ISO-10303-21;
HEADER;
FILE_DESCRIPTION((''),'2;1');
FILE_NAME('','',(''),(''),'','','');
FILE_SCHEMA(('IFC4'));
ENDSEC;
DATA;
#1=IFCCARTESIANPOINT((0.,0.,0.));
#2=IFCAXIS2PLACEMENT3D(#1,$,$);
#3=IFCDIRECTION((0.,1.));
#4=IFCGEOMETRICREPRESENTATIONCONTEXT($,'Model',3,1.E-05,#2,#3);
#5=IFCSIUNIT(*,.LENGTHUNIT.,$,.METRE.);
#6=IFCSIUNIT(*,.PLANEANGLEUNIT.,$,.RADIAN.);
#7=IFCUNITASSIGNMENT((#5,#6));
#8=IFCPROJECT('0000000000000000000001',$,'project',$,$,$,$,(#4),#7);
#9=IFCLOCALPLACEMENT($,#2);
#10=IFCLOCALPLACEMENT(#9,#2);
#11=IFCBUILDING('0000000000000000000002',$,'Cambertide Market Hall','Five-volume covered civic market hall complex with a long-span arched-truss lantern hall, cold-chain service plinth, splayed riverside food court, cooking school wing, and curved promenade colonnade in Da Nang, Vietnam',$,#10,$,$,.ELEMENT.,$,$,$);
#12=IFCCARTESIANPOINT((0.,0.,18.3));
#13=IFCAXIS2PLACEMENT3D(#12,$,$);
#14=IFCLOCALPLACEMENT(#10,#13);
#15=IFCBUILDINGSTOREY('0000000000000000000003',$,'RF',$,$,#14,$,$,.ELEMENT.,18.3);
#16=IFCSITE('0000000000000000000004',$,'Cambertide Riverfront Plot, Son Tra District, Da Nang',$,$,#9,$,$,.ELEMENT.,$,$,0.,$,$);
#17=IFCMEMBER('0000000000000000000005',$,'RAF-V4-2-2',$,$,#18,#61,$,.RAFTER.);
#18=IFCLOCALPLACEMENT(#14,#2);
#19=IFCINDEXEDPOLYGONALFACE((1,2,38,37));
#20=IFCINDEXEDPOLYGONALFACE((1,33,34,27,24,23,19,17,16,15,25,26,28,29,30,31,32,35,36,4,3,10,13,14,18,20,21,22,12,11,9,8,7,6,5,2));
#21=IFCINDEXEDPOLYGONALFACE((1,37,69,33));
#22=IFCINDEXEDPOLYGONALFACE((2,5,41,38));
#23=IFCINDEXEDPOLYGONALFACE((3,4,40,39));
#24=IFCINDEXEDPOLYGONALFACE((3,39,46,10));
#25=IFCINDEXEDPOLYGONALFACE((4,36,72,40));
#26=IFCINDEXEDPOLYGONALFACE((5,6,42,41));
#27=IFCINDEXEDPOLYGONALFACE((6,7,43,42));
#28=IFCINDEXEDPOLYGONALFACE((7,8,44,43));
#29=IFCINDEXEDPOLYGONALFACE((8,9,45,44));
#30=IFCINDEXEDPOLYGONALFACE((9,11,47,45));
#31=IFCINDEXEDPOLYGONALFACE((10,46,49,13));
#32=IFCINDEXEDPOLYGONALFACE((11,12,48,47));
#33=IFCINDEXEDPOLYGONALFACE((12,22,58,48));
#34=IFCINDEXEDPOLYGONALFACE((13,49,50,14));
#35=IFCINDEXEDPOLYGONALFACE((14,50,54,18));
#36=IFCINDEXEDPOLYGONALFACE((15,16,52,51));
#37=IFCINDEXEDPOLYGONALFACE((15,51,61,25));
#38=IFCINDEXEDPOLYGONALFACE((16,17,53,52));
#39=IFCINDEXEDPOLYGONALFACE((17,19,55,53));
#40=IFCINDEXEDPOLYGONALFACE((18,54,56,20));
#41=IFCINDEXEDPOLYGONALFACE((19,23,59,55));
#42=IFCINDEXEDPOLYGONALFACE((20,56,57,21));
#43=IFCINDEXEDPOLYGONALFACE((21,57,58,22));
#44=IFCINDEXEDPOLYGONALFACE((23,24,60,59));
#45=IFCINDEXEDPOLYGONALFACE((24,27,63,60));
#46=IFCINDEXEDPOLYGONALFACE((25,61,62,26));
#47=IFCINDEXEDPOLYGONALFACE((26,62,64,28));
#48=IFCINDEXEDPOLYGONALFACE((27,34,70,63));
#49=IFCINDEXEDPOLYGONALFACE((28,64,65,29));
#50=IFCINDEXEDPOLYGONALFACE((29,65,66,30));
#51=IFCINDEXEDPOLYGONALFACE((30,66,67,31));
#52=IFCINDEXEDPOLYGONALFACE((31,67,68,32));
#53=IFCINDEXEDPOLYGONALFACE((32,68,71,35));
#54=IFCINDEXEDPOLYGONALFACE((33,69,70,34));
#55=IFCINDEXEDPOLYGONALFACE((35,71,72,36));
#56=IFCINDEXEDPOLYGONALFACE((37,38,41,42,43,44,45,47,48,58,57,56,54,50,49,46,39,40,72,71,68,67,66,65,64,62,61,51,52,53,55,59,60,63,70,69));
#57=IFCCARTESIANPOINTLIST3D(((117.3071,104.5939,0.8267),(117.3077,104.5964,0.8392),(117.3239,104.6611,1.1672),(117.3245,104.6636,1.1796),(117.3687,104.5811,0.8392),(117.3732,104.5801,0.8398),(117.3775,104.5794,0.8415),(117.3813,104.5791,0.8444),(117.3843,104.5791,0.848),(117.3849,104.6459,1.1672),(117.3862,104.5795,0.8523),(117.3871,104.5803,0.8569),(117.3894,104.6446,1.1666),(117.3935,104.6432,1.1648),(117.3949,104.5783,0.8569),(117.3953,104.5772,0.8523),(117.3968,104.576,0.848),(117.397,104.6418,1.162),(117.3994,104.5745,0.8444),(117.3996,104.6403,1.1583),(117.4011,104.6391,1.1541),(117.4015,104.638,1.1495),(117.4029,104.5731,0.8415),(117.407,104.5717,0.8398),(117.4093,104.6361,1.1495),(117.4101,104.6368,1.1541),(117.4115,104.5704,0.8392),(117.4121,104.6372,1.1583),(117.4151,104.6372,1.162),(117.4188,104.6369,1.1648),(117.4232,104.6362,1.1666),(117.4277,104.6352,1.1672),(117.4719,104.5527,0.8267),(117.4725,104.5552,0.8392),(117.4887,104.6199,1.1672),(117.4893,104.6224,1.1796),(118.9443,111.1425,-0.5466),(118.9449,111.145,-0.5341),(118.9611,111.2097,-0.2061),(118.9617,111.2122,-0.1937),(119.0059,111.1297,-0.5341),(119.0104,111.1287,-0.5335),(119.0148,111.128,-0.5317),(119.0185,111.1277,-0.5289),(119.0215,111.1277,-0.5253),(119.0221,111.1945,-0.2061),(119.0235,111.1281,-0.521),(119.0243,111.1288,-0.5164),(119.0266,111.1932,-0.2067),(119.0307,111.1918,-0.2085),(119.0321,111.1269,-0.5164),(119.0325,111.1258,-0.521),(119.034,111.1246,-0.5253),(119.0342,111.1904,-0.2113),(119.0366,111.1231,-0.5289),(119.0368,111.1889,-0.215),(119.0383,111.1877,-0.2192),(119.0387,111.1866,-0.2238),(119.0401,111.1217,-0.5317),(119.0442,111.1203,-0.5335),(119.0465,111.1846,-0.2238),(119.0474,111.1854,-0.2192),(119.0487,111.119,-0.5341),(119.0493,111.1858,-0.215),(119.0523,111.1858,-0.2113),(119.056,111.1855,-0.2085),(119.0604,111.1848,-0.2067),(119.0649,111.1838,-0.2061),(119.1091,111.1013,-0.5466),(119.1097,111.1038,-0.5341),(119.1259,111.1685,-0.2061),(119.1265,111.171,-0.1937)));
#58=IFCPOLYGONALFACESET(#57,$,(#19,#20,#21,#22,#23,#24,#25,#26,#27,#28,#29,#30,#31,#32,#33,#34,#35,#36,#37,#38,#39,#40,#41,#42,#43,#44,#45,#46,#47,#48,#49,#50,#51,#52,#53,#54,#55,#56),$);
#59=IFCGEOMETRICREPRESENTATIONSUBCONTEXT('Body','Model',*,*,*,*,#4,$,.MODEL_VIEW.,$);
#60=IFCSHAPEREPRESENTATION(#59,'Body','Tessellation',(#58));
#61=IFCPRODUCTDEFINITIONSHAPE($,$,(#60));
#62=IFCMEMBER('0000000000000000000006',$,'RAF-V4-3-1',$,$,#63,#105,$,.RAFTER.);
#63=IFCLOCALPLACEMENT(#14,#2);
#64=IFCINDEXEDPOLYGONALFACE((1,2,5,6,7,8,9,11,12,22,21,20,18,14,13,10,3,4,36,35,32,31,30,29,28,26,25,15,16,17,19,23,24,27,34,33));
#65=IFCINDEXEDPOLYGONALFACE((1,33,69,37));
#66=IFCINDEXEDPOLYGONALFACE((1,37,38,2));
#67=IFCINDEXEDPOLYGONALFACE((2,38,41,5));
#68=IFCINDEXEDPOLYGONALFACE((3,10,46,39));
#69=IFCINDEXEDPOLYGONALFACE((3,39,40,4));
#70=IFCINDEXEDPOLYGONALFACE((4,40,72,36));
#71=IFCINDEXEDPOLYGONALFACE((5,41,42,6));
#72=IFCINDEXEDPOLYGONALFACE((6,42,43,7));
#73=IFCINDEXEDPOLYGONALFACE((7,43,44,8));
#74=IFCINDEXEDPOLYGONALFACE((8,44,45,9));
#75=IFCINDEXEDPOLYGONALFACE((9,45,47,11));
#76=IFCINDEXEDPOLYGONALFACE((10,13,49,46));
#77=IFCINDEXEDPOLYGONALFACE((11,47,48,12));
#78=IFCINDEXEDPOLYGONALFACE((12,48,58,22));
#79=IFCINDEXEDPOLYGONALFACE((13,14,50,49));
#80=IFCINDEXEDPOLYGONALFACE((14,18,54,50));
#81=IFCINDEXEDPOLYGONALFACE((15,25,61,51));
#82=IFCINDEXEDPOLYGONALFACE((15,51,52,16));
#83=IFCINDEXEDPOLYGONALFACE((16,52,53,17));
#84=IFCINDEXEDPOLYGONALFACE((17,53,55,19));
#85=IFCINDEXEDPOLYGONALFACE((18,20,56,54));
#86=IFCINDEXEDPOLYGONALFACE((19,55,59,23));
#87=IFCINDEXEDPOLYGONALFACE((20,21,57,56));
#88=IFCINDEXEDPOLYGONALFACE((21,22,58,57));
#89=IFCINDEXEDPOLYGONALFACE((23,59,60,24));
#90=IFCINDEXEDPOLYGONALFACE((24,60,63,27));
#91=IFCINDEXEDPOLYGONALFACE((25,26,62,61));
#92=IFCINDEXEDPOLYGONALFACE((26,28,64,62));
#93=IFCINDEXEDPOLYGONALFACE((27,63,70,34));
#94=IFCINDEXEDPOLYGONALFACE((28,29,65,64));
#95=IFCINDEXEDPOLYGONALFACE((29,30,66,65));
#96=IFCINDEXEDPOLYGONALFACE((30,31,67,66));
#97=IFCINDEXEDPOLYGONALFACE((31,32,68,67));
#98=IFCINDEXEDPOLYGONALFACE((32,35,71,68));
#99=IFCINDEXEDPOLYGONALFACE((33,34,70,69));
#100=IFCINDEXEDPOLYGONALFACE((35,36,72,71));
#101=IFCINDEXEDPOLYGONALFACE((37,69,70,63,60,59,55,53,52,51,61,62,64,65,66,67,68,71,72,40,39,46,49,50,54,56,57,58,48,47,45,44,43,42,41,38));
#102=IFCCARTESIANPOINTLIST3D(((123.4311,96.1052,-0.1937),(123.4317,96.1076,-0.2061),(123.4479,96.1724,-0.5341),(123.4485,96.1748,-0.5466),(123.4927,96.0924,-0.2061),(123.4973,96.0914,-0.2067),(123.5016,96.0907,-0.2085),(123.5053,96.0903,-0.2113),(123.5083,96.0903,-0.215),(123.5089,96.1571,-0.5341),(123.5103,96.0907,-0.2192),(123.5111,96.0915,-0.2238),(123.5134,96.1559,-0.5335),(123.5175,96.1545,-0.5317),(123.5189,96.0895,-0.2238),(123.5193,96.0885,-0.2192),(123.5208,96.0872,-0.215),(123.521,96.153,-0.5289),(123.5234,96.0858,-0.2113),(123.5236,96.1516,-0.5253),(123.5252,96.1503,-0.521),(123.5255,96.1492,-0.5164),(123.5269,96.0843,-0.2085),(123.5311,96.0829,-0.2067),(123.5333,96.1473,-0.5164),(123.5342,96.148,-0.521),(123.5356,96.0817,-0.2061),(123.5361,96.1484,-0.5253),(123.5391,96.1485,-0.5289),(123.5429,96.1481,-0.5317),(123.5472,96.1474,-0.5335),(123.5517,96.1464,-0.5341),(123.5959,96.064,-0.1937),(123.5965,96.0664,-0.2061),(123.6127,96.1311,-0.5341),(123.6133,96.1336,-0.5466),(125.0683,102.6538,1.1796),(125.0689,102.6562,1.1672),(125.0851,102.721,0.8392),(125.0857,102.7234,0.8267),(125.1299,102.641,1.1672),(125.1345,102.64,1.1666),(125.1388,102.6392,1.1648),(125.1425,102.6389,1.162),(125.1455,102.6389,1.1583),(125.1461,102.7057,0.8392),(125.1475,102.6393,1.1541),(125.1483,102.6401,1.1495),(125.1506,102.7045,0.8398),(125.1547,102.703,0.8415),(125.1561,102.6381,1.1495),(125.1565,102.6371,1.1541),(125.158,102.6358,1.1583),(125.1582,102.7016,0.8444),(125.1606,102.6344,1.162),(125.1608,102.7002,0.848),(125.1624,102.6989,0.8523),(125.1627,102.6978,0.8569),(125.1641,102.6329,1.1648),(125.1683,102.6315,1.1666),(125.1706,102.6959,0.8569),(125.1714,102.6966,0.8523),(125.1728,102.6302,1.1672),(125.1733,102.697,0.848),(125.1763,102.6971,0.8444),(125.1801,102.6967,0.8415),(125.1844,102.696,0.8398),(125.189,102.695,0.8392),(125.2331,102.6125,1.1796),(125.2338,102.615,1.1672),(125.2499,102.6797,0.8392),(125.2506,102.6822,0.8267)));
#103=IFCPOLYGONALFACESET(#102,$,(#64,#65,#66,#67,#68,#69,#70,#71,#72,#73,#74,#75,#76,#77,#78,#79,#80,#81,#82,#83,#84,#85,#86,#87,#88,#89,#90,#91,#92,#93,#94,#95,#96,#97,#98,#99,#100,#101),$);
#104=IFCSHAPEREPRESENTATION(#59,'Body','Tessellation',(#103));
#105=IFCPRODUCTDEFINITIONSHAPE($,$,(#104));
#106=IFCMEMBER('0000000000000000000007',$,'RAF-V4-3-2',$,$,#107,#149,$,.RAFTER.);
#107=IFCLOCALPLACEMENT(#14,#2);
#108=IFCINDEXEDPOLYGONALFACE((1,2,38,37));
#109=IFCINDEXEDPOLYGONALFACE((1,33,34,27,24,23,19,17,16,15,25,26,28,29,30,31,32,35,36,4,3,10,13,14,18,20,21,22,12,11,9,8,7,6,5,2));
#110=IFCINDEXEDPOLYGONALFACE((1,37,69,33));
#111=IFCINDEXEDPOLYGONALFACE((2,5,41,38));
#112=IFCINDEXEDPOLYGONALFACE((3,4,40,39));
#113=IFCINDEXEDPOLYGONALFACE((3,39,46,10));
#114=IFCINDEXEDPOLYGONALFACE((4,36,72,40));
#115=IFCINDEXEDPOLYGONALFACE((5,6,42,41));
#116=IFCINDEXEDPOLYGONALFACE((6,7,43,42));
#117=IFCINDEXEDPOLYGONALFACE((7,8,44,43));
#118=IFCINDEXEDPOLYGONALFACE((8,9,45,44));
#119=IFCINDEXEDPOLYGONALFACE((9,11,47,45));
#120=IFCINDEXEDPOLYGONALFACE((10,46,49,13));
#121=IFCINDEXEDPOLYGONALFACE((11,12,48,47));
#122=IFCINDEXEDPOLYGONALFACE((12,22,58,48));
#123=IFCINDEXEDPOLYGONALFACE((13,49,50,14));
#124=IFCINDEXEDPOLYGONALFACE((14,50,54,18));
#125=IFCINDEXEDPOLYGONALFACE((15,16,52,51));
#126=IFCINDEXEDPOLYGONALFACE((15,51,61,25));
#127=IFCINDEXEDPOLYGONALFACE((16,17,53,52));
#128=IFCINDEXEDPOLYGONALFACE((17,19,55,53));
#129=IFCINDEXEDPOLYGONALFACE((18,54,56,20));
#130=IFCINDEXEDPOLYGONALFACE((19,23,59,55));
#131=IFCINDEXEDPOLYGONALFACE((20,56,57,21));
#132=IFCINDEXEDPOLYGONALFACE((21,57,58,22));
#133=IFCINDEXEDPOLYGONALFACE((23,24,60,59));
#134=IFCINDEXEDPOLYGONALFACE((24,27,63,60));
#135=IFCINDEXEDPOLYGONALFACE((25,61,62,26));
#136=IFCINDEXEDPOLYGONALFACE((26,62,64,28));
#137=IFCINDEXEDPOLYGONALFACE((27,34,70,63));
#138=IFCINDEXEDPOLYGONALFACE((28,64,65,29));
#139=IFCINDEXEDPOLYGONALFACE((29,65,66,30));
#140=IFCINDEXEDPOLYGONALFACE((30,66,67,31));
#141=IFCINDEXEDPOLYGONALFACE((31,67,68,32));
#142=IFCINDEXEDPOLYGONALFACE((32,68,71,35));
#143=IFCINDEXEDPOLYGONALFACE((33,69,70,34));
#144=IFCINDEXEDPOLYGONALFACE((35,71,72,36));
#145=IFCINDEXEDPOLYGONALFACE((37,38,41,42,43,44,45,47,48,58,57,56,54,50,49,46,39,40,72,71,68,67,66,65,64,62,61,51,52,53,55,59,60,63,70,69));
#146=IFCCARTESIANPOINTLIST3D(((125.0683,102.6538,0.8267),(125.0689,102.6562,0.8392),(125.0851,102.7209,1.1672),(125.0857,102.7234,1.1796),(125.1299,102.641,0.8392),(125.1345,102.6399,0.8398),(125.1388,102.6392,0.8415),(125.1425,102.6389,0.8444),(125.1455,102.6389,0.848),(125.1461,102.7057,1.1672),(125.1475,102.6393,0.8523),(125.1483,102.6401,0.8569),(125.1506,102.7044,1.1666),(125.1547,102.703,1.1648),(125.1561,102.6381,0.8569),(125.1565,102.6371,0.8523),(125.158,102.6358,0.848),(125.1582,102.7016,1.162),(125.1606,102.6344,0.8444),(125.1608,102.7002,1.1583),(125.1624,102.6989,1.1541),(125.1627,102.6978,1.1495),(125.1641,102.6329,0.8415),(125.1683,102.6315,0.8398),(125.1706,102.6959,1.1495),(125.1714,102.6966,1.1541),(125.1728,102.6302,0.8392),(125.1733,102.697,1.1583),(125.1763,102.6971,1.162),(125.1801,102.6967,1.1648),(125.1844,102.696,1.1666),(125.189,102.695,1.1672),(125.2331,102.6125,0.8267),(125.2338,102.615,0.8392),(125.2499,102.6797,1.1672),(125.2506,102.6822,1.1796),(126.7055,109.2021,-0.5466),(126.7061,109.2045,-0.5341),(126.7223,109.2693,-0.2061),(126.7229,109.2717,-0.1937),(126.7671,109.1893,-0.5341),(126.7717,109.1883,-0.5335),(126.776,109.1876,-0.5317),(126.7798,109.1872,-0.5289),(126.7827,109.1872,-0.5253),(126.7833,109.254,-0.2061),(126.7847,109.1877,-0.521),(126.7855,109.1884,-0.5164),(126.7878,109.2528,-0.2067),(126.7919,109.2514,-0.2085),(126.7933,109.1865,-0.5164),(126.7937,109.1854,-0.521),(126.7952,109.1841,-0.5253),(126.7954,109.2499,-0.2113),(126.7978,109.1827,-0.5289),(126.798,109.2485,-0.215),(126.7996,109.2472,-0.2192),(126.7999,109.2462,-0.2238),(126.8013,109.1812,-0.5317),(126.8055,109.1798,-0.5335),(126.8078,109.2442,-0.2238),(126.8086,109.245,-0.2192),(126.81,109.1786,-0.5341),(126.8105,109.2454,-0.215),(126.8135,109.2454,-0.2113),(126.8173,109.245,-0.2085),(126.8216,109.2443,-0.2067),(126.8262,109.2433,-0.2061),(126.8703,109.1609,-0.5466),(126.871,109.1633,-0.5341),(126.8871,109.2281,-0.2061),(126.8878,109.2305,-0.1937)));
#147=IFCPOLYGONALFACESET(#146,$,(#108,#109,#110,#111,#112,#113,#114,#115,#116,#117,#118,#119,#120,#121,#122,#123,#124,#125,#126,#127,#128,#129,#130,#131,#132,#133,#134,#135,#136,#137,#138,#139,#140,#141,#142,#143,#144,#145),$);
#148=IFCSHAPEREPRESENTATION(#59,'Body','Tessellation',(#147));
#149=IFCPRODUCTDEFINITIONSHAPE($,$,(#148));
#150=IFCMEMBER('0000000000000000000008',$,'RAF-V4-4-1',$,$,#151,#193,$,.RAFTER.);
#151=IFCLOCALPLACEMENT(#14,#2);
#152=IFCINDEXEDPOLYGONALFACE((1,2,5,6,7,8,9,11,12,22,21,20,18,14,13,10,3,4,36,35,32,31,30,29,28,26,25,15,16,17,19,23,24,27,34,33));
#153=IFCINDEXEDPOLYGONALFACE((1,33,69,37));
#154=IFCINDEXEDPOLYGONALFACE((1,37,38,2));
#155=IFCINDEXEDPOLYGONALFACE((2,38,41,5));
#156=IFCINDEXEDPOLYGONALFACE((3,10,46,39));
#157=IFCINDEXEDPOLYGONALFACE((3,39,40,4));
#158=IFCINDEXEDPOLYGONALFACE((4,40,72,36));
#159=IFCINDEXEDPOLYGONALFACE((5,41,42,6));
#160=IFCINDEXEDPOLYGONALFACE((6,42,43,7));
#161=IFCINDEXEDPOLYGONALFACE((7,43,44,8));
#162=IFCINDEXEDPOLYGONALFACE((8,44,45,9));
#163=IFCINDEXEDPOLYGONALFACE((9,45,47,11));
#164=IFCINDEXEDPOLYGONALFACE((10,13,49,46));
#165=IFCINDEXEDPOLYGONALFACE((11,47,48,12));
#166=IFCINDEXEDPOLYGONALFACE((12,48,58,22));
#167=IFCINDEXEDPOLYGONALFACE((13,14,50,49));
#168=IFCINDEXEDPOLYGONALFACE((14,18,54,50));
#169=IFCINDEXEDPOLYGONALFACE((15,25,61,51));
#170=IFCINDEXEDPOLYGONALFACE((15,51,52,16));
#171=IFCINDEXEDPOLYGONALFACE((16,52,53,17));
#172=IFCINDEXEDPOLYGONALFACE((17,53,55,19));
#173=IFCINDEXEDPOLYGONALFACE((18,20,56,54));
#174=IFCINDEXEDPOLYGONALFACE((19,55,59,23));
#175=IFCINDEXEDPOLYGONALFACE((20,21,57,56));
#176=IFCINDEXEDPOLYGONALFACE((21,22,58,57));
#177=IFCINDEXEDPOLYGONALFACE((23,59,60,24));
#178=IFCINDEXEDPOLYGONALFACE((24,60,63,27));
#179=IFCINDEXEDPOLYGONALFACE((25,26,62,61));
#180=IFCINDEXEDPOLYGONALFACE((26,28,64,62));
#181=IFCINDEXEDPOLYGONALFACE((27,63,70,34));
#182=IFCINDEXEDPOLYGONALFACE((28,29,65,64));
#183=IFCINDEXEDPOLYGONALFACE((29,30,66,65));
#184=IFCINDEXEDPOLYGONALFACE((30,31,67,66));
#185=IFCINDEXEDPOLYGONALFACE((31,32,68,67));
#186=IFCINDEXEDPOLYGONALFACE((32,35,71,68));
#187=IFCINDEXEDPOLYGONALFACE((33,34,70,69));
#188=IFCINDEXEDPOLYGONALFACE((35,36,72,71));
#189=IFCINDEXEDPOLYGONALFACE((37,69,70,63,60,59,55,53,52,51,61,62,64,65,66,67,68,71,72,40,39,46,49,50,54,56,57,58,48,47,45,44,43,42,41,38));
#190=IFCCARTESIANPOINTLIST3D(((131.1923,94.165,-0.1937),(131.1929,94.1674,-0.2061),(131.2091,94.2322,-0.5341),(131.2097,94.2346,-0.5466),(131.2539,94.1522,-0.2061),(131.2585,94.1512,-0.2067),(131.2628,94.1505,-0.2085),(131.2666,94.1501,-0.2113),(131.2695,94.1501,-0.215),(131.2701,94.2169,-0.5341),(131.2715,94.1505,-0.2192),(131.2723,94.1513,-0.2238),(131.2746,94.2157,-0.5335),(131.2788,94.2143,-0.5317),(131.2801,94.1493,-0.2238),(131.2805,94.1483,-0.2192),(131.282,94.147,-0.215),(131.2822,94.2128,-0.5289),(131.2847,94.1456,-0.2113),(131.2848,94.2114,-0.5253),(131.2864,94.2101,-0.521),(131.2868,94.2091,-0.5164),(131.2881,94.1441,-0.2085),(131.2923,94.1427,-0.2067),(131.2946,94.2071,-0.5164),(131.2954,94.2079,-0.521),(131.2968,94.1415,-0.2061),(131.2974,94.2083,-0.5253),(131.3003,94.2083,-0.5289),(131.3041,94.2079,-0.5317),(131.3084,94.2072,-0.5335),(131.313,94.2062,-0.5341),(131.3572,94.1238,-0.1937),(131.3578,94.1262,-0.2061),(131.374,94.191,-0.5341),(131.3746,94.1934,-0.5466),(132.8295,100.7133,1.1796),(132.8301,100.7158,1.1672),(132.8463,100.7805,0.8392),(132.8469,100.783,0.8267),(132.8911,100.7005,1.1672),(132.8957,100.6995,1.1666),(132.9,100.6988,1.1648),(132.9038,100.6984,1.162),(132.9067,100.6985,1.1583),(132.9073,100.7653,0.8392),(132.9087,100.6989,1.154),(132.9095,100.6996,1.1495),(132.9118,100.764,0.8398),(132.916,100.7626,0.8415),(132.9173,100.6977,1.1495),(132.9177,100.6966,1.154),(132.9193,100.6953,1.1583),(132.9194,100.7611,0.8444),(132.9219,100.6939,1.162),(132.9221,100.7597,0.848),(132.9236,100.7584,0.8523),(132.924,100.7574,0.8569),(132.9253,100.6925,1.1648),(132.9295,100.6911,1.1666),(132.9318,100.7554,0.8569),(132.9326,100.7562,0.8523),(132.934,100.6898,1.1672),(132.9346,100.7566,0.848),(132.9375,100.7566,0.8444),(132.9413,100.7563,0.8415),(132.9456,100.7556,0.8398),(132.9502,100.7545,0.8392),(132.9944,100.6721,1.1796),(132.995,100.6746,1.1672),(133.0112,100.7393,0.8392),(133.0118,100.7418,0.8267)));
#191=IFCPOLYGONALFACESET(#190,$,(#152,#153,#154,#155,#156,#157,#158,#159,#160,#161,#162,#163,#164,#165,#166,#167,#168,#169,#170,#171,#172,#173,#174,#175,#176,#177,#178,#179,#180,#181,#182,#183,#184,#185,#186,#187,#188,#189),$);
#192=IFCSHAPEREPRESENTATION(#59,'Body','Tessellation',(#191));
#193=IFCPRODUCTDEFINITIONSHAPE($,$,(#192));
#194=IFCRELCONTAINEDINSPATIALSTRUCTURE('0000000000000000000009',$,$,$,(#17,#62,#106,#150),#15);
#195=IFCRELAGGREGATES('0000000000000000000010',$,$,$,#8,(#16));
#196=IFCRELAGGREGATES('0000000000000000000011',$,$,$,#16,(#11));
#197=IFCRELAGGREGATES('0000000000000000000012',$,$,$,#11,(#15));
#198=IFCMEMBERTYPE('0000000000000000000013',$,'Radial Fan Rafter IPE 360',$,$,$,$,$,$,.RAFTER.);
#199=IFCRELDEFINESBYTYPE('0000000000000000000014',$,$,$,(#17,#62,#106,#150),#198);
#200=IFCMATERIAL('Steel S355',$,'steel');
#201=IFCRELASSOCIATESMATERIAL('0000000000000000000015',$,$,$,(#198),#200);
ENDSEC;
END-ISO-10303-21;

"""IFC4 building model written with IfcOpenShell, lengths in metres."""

from ifc_helpers import new_model, si_unit, direction, frame, origin, origin_2d, place, context, subcontext, project, spatial, i_section, extrude, material, material_profile, profile_set, type_object, element, save


model = new_model("IFC4")

# Units and contexts
model_context = context("Model", 3, precision=1e-05, world=origin(), true_north=direction((0.0, 1.0)))
body_context = subcontext(model_context, "Body", "Model", "MODEL_VIEW")
ifc_project = project(units=[si_unit("LENGTHUNIT", "METRE"), si_unit("PLANEANGLEUNIT", "RADIAN")], contexts=[model_context])

# Site, building, storey
site_placement = place(None, origin())
site = spatial("IfcSite", under=ifc_project, at=site_placement, Name="Cambertide Riverfront Plot, Son Tra District, Da Nang", CompositionType="ELEMENT", RefElevation=0.0)
building_placement = place(site_placement, origin())
building = spatial("IfcBuilding", under=site, at=building_placement, Name="Cambertide Market Hall", Description="Five-volume covered civic market hall complex with a long-span arched-truss lantern hall, cold-chain service plinth, splayed riverside food court, cooking school wing, and curved promenade colonnade in Da Nang, Vietnam", CompositionType="ELEMENT")
storey_placement = place(building_placement, frame((0.0, 0.0, 18.3)))
storey = spatial("IfcBuildingStorey", under=building, at=storey_placement, Name="RF", CompositionType="ELEMENT", Elevation=18.3)

# Members
ifc_material_1 = material(Name="Steel S355", Category="steel")
ifc_material_profile_1 = material_profile(ifc_material_1, i_section(OverallWidth=0.1699, OverallDepth=0.3601, WebThickness=0.0081, FlangeThickness=0.0127, FilletRadius=0.0181, at=origin_2d()), Name="IPE 360")
ifc_profile_set_1 = profile_set([ifc_material_profile_1], Name="Steel S355")
member_type_1 = type_object("IfcMemberType", Name="Radial Fan Rafter IPE 360", PredefinedType="RAFTER", material=ifc_profile_set_1)
for number, where, z_axis, x_axis, name in (
    (1, (117.3982, 104.6082, 1.0032), (0.237675, 0.950666, -0.199362), (-0.97014, 0.242544, 0.0), "RAF-V4-2-2"),
    (2, (123.5222, 96.1194, -0.3701), (0.237675, 0.950666, 0.199362), (-0.97014, 0.242544, 0.0), "RAF-V4-3-1"),
):
    element("IfcMember", number, at=place(storey_placement, frame(where, z_axis=z_axis, x_axis=x_axis)), inside=storey, type_object=member_type_1, Name=name, PredefinedType="RAFTER", context=body_context, shape_type="SweptSolid", body=[
        extrude(i_section(OverallWidth=0.1699, OverallDepth=0.3601, WebThickness=0.0081, FlangeThickness=0.0127, FilletRadius=0.0181, at=origin_2d()), origin(), (0.0, 0.0, 1.0), 6.8884),
    ])
for number, where, z_axis, x_axis, name in (
    (3, (125.1594, 102.668, 1.0032), (0.237683, 0.950662, -0.199369), (-0.970138, 0.242553, 0.0), "RAF-V4-3-2"),
    (4, (131.2834, 94.1792, -0.3701), (0.237683, 0.950662, 0.199369), (-0.970138, 0.242553, 0.0), "RAF-V4-4-1"),
):
    element("IfcMember", number, at=place(storey_placement, frame(where, z_axis=z_axis, x_axis=x_axis)), inside=storey, type_object=member_type_1, Name=name, PredefinedType="RAFTER", context=body_context, shape_type="SweptSolid", body=[
        extrude(i_section(OverallWidth=0.1699, OverallDepth=0.3601, WebThickness=0.0081, FlangeThickness=0.0127, FilletRadius=0.0181, at=origin_2d()), origin(), (0.0, 0.0, 1.0), 6.8882),
    ])

save(model, "model.ifc")
